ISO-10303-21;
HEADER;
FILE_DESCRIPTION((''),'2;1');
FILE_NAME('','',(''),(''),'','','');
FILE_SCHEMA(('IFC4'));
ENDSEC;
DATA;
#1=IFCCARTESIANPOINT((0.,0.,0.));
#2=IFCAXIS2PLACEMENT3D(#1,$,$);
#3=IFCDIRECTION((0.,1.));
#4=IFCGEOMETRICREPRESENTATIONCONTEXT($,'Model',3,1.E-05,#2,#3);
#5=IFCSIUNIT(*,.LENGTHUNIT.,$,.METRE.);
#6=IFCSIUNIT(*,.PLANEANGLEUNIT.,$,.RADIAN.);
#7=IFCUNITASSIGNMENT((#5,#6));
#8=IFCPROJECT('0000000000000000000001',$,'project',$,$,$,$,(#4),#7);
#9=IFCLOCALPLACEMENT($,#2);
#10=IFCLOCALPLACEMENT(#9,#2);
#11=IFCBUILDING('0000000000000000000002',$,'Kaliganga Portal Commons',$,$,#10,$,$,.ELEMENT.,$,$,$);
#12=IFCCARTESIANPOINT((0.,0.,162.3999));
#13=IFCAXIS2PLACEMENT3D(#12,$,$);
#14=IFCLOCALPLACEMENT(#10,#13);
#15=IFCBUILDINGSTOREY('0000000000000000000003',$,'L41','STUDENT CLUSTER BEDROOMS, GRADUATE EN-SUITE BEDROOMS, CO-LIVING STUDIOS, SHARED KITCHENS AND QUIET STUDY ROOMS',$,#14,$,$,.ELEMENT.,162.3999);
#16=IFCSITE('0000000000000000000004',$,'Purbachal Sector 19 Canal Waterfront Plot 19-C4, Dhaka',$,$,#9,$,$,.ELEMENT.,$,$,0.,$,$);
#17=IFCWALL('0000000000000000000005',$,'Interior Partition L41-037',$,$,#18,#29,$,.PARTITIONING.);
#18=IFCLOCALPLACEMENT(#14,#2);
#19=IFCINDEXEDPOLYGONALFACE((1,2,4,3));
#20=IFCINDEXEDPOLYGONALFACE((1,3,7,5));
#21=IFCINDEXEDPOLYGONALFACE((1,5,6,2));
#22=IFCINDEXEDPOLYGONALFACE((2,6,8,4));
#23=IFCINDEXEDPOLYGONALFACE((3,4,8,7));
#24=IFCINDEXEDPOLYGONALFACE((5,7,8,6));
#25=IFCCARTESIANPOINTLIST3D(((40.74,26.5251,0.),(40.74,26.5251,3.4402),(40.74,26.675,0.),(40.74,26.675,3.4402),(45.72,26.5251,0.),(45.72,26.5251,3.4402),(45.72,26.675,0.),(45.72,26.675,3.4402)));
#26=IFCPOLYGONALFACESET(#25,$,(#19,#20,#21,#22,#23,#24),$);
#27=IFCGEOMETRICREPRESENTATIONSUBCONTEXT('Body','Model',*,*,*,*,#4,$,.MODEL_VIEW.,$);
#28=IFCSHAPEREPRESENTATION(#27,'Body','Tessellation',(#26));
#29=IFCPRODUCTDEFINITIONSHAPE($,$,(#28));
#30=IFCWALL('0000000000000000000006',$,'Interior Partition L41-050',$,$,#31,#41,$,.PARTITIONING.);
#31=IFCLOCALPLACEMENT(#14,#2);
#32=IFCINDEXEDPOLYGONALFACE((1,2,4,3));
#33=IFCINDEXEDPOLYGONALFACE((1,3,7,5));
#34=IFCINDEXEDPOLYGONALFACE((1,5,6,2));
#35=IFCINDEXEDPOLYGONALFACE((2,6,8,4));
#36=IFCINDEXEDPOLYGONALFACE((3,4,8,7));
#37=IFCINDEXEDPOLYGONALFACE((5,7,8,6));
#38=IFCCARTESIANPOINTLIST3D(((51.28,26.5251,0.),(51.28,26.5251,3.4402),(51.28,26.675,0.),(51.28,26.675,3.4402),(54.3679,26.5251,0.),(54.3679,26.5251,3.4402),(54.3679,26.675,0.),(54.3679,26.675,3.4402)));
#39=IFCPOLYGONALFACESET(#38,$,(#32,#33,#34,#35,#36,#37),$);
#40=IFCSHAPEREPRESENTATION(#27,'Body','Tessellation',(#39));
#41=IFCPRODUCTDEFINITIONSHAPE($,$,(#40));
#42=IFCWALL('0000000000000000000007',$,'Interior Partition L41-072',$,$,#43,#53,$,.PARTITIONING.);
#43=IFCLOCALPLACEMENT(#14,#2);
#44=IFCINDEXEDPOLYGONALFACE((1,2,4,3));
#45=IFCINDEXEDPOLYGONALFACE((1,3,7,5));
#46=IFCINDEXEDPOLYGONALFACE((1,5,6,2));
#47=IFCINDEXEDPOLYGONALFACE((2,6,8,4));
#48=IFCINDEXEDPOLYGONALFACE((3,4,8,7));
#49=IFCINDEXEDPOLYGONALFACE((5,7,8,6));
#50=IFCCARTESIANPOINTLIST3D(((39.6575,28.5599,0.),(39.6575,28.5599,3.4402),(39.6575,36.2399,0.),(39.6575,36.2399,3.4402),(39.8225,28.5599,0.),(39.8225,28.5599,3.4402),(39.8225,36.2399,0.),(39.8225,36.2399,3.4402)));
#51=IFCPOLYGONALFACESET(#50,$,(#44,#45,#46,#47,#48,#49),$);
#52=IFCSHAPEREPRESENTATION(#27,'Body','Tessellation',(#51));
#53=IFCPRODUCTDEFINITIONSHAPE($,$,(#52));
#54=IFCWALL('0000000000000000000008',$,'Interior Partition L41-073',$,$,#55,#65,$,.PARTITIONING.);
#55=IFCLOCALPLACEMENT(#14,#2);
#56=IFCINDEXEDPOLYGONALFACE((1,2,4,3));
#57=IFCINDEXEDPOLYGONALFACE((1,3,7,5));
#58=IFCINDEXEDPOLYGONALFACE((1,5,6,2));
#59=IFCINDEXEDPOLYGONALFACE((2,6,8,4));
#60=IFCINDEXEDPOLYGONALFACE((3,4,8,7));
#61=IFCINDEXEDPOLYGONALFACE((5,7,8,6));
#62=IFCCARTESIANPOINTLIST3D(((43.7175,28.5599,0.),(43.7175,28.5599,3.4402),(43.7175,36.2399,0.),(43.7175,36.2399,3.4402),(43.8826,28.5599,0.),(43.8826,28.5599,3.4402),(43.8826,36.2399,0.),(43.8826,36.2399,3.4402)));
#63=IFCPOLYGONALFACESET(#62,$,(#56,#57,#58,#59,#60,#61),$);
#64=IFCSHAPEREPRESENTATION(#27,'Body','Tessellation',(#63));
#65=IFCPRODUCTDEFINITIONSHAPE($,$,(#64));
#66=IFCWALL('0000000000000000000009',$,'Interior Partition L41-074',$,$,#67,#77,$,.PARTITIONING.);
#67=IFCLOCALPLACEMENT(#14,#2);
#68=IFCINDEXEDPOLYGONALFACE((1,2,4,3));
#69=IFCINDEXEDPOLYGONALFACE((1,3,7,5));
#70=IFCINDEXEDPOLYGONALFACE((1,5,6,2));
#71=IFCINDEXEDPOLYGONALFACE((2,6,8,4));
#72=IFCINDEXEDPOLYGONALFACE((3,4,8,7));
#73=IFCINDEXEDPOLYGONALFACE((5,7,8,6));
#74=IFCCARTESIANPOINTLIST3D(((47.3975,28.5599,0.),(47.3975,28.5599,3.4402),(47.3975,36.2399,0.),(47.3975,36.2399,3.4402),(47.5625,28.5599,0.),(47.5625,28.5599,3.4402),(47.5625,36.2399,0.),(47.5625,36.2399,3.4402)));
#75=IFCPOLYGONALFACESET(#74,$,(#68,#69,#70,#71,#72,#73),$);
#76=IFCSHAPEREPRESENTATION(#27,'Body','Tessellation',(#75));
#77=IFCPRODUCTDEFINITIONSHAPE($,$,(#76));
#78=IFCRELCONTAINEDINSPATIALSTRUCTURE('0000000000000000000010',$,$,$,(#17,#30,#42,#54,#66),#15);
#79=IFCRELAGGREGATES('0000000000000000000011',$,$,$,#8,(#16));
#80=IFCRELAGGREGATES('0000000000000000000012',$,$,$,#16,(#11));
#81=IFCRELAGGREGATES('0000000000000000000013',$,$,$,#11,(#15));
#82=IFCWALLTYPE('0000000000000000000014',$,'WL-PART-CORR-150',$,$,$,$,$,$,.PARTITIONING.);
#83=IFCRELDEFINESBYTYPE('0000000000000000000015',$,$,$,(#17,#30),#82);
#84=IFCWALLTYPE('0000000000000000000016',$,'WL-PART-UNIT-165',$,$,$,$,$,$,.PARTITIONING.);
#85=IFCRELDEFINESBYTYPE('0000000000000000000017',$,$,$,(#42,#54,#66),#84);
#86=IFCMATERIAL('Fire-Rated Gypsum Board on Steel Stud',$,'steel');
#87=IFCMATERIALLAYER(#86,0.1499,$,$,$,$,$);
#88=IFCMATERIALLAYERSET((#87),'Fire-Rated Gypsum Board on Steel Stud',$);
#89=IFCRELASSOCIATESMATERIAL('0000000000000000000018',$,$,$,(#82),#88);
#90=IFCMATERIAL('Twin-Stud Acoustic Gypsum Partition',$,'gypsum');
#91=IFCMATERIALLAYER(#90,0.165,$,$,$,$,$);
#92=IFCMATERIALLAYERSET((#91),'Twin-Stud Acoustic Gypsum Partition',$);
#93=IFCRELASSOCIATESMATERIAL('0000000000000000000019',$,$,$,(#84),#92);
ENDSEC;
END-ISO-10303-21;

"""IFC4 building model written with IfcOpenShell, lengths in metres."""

from ifc_helpers import new_model, si_unit, direction, frame, frame_2d, origin, place, context, subcontext, project, spatial, rectangle, extrude, material, layer, layer_set, type_object, element, save


model = new_model("IFC4")

# Units and contexts
model_context = context("Model", 3, precision=1e-05, world=origin(), true_north=direction((0.0, 1.0)))
body_context = subcontext(model_context, "Body", "Model", "MODEL_VIEW")
ifc_project = project(units=[si_unit("LENGTHUNIT", "METRE"), si_unit("PLANEANGLEUNIT", "RADIAN")], contexts=[model_context])

# Site, building, storey
site_placement = place(None, origin())
site = spatial("IfcSite", under=ifc_project, at=site_placement, Name="Purbachal Sector 19 Canal Waterfront Plot 19-C4, Dhaka", CompositionType="ELEMENT", RefElevation=0.0)
building_placement = place(site_placement, origin())
building = spatial("IfcBuilding", under=site, at=building_placement, Name="Kaliganga Portal Commons", CompositionType="ELEMENT")
storey_placement = place(building_placement, frame((0.0, 0.0, 162.3999)))
storey = spatial("IfcBuildingStorey", under=building, at=storey_placement, Name="L41", Description="STUDENT CLUSTER BEDROOMS, GRADUATE EN-SUITE BEDROOMS, CO-LIVING STUDIOS, SHARED KITCHENS AND QUIET STUDY ROOMS", CompositionType="ELEMENT", Elevation=162.3999)

# Shared definitions
ifc_material_1 = material(Name="Fire-Rated Gypsum Board on Steel Stud", Category="steel")
ifc_layer_1 = layer(ifc_material_1, 0.1499)
ifc_layer_set_1 = layer_set([ifc_layer_1], Name="Fire-Rated Gypsum Board on Steel Stud")
wall_type_1 = type_object("IfcWallType", Name="WL-PART-CORR-150", PredefinedType="PARTITIONING", material=ifc_layer_set_1)

# Wall
wall_1_placement = place(storey_placement, frame((40.74, 26.6001, 0.0), z_axis=(0.0, 0.0, 1.0), x_axis=(1.0, 0.0, 0.0)))
element("IfcWall", 1, at=wall_1_placement, inside=storey, type_object=wall_type_1, Name="Interior Partition L41-037", PredefinedType="PARTITIONING", context=body_context, shape_type="SweptSolid", body=[
    extrude(rectangle(XDim=4.98, YDim=0.1499, at=frame_2d((2.49, 0.0))), origin(), (0.0, 0.0, 1.0), 3.4402),
])

# Walls
wall_2_placement = place(storey_placement, frame((51.28, 26.6001, 0.0), z_axis=(0.0, 0.0, 1.0), x_axis=(1.0, 0.0, 0.0)))
element("IfcWall", 2, at=wall_2_placement, inside=storey, type_object=wall_type_1, Name="Interior Partition L41-050", PredefinedType="PARTITIONING", context=body_context, shape_type="SweptSolid", body=[
    extrude(rectangle(XDim=3.0879, YDim=0.1499, at=frame_2d((1.5439, 0.0))), origin(), (0.0, 0.0, 1.0), 3.4402),
])
ifc_material_2 = material(Name="Twin-Stud Acoustic Gypsum Partition", Category="gypsum")
ifc_layer_2 = layer(ifc_material_2, 0.165)
ifc_layer_set_2 = layer_set([ifc_layer_2], Name="Twin-Stud Acoustic Gypsum Partition")
wall_type_2 = type_object("IfcWallType", Name="WL-PART-UNIT-165", PredefinedType="PARTITIONING", material=ifc_layer_set_2)
for number, where, z_axis, x_axis, name in (
    (3, (39.74, 28.5601, 0.0), (0.0, 0.0, 1.0), (0.0, 1.0, 0.0), "Interior Partition L41-072"),
    (4, (43.8, 28.5601, 0.0), (0.0, 0.0, 1.0), (0.0, 1.0, 0.0), "Interior Partition L41-073"),
    (5, (47.48, 28.5601, 0.0), (0.0, 0.0, 1.0), (0.0, 1.0, 0.0), "Interior Partition L41-074"),
):
    element("IfcWall", number, at=place(storey_placement, frame(where, z_axis=z_axis, x_axis=x_axis)), inside=storey, type_object=wall_type_2, Name=name, PredefinedType="PARTITIONING", context=body_context, shape_type="SweptSolid", body=[
        extrude(rectangle(XDim=7.6799, YDim=0.165, at=frame_2d((3.8398, 0.0))), origin(), (0.0, 0.0, 1.0), 3.4402),
    ])

save(model, "model.ifc")
